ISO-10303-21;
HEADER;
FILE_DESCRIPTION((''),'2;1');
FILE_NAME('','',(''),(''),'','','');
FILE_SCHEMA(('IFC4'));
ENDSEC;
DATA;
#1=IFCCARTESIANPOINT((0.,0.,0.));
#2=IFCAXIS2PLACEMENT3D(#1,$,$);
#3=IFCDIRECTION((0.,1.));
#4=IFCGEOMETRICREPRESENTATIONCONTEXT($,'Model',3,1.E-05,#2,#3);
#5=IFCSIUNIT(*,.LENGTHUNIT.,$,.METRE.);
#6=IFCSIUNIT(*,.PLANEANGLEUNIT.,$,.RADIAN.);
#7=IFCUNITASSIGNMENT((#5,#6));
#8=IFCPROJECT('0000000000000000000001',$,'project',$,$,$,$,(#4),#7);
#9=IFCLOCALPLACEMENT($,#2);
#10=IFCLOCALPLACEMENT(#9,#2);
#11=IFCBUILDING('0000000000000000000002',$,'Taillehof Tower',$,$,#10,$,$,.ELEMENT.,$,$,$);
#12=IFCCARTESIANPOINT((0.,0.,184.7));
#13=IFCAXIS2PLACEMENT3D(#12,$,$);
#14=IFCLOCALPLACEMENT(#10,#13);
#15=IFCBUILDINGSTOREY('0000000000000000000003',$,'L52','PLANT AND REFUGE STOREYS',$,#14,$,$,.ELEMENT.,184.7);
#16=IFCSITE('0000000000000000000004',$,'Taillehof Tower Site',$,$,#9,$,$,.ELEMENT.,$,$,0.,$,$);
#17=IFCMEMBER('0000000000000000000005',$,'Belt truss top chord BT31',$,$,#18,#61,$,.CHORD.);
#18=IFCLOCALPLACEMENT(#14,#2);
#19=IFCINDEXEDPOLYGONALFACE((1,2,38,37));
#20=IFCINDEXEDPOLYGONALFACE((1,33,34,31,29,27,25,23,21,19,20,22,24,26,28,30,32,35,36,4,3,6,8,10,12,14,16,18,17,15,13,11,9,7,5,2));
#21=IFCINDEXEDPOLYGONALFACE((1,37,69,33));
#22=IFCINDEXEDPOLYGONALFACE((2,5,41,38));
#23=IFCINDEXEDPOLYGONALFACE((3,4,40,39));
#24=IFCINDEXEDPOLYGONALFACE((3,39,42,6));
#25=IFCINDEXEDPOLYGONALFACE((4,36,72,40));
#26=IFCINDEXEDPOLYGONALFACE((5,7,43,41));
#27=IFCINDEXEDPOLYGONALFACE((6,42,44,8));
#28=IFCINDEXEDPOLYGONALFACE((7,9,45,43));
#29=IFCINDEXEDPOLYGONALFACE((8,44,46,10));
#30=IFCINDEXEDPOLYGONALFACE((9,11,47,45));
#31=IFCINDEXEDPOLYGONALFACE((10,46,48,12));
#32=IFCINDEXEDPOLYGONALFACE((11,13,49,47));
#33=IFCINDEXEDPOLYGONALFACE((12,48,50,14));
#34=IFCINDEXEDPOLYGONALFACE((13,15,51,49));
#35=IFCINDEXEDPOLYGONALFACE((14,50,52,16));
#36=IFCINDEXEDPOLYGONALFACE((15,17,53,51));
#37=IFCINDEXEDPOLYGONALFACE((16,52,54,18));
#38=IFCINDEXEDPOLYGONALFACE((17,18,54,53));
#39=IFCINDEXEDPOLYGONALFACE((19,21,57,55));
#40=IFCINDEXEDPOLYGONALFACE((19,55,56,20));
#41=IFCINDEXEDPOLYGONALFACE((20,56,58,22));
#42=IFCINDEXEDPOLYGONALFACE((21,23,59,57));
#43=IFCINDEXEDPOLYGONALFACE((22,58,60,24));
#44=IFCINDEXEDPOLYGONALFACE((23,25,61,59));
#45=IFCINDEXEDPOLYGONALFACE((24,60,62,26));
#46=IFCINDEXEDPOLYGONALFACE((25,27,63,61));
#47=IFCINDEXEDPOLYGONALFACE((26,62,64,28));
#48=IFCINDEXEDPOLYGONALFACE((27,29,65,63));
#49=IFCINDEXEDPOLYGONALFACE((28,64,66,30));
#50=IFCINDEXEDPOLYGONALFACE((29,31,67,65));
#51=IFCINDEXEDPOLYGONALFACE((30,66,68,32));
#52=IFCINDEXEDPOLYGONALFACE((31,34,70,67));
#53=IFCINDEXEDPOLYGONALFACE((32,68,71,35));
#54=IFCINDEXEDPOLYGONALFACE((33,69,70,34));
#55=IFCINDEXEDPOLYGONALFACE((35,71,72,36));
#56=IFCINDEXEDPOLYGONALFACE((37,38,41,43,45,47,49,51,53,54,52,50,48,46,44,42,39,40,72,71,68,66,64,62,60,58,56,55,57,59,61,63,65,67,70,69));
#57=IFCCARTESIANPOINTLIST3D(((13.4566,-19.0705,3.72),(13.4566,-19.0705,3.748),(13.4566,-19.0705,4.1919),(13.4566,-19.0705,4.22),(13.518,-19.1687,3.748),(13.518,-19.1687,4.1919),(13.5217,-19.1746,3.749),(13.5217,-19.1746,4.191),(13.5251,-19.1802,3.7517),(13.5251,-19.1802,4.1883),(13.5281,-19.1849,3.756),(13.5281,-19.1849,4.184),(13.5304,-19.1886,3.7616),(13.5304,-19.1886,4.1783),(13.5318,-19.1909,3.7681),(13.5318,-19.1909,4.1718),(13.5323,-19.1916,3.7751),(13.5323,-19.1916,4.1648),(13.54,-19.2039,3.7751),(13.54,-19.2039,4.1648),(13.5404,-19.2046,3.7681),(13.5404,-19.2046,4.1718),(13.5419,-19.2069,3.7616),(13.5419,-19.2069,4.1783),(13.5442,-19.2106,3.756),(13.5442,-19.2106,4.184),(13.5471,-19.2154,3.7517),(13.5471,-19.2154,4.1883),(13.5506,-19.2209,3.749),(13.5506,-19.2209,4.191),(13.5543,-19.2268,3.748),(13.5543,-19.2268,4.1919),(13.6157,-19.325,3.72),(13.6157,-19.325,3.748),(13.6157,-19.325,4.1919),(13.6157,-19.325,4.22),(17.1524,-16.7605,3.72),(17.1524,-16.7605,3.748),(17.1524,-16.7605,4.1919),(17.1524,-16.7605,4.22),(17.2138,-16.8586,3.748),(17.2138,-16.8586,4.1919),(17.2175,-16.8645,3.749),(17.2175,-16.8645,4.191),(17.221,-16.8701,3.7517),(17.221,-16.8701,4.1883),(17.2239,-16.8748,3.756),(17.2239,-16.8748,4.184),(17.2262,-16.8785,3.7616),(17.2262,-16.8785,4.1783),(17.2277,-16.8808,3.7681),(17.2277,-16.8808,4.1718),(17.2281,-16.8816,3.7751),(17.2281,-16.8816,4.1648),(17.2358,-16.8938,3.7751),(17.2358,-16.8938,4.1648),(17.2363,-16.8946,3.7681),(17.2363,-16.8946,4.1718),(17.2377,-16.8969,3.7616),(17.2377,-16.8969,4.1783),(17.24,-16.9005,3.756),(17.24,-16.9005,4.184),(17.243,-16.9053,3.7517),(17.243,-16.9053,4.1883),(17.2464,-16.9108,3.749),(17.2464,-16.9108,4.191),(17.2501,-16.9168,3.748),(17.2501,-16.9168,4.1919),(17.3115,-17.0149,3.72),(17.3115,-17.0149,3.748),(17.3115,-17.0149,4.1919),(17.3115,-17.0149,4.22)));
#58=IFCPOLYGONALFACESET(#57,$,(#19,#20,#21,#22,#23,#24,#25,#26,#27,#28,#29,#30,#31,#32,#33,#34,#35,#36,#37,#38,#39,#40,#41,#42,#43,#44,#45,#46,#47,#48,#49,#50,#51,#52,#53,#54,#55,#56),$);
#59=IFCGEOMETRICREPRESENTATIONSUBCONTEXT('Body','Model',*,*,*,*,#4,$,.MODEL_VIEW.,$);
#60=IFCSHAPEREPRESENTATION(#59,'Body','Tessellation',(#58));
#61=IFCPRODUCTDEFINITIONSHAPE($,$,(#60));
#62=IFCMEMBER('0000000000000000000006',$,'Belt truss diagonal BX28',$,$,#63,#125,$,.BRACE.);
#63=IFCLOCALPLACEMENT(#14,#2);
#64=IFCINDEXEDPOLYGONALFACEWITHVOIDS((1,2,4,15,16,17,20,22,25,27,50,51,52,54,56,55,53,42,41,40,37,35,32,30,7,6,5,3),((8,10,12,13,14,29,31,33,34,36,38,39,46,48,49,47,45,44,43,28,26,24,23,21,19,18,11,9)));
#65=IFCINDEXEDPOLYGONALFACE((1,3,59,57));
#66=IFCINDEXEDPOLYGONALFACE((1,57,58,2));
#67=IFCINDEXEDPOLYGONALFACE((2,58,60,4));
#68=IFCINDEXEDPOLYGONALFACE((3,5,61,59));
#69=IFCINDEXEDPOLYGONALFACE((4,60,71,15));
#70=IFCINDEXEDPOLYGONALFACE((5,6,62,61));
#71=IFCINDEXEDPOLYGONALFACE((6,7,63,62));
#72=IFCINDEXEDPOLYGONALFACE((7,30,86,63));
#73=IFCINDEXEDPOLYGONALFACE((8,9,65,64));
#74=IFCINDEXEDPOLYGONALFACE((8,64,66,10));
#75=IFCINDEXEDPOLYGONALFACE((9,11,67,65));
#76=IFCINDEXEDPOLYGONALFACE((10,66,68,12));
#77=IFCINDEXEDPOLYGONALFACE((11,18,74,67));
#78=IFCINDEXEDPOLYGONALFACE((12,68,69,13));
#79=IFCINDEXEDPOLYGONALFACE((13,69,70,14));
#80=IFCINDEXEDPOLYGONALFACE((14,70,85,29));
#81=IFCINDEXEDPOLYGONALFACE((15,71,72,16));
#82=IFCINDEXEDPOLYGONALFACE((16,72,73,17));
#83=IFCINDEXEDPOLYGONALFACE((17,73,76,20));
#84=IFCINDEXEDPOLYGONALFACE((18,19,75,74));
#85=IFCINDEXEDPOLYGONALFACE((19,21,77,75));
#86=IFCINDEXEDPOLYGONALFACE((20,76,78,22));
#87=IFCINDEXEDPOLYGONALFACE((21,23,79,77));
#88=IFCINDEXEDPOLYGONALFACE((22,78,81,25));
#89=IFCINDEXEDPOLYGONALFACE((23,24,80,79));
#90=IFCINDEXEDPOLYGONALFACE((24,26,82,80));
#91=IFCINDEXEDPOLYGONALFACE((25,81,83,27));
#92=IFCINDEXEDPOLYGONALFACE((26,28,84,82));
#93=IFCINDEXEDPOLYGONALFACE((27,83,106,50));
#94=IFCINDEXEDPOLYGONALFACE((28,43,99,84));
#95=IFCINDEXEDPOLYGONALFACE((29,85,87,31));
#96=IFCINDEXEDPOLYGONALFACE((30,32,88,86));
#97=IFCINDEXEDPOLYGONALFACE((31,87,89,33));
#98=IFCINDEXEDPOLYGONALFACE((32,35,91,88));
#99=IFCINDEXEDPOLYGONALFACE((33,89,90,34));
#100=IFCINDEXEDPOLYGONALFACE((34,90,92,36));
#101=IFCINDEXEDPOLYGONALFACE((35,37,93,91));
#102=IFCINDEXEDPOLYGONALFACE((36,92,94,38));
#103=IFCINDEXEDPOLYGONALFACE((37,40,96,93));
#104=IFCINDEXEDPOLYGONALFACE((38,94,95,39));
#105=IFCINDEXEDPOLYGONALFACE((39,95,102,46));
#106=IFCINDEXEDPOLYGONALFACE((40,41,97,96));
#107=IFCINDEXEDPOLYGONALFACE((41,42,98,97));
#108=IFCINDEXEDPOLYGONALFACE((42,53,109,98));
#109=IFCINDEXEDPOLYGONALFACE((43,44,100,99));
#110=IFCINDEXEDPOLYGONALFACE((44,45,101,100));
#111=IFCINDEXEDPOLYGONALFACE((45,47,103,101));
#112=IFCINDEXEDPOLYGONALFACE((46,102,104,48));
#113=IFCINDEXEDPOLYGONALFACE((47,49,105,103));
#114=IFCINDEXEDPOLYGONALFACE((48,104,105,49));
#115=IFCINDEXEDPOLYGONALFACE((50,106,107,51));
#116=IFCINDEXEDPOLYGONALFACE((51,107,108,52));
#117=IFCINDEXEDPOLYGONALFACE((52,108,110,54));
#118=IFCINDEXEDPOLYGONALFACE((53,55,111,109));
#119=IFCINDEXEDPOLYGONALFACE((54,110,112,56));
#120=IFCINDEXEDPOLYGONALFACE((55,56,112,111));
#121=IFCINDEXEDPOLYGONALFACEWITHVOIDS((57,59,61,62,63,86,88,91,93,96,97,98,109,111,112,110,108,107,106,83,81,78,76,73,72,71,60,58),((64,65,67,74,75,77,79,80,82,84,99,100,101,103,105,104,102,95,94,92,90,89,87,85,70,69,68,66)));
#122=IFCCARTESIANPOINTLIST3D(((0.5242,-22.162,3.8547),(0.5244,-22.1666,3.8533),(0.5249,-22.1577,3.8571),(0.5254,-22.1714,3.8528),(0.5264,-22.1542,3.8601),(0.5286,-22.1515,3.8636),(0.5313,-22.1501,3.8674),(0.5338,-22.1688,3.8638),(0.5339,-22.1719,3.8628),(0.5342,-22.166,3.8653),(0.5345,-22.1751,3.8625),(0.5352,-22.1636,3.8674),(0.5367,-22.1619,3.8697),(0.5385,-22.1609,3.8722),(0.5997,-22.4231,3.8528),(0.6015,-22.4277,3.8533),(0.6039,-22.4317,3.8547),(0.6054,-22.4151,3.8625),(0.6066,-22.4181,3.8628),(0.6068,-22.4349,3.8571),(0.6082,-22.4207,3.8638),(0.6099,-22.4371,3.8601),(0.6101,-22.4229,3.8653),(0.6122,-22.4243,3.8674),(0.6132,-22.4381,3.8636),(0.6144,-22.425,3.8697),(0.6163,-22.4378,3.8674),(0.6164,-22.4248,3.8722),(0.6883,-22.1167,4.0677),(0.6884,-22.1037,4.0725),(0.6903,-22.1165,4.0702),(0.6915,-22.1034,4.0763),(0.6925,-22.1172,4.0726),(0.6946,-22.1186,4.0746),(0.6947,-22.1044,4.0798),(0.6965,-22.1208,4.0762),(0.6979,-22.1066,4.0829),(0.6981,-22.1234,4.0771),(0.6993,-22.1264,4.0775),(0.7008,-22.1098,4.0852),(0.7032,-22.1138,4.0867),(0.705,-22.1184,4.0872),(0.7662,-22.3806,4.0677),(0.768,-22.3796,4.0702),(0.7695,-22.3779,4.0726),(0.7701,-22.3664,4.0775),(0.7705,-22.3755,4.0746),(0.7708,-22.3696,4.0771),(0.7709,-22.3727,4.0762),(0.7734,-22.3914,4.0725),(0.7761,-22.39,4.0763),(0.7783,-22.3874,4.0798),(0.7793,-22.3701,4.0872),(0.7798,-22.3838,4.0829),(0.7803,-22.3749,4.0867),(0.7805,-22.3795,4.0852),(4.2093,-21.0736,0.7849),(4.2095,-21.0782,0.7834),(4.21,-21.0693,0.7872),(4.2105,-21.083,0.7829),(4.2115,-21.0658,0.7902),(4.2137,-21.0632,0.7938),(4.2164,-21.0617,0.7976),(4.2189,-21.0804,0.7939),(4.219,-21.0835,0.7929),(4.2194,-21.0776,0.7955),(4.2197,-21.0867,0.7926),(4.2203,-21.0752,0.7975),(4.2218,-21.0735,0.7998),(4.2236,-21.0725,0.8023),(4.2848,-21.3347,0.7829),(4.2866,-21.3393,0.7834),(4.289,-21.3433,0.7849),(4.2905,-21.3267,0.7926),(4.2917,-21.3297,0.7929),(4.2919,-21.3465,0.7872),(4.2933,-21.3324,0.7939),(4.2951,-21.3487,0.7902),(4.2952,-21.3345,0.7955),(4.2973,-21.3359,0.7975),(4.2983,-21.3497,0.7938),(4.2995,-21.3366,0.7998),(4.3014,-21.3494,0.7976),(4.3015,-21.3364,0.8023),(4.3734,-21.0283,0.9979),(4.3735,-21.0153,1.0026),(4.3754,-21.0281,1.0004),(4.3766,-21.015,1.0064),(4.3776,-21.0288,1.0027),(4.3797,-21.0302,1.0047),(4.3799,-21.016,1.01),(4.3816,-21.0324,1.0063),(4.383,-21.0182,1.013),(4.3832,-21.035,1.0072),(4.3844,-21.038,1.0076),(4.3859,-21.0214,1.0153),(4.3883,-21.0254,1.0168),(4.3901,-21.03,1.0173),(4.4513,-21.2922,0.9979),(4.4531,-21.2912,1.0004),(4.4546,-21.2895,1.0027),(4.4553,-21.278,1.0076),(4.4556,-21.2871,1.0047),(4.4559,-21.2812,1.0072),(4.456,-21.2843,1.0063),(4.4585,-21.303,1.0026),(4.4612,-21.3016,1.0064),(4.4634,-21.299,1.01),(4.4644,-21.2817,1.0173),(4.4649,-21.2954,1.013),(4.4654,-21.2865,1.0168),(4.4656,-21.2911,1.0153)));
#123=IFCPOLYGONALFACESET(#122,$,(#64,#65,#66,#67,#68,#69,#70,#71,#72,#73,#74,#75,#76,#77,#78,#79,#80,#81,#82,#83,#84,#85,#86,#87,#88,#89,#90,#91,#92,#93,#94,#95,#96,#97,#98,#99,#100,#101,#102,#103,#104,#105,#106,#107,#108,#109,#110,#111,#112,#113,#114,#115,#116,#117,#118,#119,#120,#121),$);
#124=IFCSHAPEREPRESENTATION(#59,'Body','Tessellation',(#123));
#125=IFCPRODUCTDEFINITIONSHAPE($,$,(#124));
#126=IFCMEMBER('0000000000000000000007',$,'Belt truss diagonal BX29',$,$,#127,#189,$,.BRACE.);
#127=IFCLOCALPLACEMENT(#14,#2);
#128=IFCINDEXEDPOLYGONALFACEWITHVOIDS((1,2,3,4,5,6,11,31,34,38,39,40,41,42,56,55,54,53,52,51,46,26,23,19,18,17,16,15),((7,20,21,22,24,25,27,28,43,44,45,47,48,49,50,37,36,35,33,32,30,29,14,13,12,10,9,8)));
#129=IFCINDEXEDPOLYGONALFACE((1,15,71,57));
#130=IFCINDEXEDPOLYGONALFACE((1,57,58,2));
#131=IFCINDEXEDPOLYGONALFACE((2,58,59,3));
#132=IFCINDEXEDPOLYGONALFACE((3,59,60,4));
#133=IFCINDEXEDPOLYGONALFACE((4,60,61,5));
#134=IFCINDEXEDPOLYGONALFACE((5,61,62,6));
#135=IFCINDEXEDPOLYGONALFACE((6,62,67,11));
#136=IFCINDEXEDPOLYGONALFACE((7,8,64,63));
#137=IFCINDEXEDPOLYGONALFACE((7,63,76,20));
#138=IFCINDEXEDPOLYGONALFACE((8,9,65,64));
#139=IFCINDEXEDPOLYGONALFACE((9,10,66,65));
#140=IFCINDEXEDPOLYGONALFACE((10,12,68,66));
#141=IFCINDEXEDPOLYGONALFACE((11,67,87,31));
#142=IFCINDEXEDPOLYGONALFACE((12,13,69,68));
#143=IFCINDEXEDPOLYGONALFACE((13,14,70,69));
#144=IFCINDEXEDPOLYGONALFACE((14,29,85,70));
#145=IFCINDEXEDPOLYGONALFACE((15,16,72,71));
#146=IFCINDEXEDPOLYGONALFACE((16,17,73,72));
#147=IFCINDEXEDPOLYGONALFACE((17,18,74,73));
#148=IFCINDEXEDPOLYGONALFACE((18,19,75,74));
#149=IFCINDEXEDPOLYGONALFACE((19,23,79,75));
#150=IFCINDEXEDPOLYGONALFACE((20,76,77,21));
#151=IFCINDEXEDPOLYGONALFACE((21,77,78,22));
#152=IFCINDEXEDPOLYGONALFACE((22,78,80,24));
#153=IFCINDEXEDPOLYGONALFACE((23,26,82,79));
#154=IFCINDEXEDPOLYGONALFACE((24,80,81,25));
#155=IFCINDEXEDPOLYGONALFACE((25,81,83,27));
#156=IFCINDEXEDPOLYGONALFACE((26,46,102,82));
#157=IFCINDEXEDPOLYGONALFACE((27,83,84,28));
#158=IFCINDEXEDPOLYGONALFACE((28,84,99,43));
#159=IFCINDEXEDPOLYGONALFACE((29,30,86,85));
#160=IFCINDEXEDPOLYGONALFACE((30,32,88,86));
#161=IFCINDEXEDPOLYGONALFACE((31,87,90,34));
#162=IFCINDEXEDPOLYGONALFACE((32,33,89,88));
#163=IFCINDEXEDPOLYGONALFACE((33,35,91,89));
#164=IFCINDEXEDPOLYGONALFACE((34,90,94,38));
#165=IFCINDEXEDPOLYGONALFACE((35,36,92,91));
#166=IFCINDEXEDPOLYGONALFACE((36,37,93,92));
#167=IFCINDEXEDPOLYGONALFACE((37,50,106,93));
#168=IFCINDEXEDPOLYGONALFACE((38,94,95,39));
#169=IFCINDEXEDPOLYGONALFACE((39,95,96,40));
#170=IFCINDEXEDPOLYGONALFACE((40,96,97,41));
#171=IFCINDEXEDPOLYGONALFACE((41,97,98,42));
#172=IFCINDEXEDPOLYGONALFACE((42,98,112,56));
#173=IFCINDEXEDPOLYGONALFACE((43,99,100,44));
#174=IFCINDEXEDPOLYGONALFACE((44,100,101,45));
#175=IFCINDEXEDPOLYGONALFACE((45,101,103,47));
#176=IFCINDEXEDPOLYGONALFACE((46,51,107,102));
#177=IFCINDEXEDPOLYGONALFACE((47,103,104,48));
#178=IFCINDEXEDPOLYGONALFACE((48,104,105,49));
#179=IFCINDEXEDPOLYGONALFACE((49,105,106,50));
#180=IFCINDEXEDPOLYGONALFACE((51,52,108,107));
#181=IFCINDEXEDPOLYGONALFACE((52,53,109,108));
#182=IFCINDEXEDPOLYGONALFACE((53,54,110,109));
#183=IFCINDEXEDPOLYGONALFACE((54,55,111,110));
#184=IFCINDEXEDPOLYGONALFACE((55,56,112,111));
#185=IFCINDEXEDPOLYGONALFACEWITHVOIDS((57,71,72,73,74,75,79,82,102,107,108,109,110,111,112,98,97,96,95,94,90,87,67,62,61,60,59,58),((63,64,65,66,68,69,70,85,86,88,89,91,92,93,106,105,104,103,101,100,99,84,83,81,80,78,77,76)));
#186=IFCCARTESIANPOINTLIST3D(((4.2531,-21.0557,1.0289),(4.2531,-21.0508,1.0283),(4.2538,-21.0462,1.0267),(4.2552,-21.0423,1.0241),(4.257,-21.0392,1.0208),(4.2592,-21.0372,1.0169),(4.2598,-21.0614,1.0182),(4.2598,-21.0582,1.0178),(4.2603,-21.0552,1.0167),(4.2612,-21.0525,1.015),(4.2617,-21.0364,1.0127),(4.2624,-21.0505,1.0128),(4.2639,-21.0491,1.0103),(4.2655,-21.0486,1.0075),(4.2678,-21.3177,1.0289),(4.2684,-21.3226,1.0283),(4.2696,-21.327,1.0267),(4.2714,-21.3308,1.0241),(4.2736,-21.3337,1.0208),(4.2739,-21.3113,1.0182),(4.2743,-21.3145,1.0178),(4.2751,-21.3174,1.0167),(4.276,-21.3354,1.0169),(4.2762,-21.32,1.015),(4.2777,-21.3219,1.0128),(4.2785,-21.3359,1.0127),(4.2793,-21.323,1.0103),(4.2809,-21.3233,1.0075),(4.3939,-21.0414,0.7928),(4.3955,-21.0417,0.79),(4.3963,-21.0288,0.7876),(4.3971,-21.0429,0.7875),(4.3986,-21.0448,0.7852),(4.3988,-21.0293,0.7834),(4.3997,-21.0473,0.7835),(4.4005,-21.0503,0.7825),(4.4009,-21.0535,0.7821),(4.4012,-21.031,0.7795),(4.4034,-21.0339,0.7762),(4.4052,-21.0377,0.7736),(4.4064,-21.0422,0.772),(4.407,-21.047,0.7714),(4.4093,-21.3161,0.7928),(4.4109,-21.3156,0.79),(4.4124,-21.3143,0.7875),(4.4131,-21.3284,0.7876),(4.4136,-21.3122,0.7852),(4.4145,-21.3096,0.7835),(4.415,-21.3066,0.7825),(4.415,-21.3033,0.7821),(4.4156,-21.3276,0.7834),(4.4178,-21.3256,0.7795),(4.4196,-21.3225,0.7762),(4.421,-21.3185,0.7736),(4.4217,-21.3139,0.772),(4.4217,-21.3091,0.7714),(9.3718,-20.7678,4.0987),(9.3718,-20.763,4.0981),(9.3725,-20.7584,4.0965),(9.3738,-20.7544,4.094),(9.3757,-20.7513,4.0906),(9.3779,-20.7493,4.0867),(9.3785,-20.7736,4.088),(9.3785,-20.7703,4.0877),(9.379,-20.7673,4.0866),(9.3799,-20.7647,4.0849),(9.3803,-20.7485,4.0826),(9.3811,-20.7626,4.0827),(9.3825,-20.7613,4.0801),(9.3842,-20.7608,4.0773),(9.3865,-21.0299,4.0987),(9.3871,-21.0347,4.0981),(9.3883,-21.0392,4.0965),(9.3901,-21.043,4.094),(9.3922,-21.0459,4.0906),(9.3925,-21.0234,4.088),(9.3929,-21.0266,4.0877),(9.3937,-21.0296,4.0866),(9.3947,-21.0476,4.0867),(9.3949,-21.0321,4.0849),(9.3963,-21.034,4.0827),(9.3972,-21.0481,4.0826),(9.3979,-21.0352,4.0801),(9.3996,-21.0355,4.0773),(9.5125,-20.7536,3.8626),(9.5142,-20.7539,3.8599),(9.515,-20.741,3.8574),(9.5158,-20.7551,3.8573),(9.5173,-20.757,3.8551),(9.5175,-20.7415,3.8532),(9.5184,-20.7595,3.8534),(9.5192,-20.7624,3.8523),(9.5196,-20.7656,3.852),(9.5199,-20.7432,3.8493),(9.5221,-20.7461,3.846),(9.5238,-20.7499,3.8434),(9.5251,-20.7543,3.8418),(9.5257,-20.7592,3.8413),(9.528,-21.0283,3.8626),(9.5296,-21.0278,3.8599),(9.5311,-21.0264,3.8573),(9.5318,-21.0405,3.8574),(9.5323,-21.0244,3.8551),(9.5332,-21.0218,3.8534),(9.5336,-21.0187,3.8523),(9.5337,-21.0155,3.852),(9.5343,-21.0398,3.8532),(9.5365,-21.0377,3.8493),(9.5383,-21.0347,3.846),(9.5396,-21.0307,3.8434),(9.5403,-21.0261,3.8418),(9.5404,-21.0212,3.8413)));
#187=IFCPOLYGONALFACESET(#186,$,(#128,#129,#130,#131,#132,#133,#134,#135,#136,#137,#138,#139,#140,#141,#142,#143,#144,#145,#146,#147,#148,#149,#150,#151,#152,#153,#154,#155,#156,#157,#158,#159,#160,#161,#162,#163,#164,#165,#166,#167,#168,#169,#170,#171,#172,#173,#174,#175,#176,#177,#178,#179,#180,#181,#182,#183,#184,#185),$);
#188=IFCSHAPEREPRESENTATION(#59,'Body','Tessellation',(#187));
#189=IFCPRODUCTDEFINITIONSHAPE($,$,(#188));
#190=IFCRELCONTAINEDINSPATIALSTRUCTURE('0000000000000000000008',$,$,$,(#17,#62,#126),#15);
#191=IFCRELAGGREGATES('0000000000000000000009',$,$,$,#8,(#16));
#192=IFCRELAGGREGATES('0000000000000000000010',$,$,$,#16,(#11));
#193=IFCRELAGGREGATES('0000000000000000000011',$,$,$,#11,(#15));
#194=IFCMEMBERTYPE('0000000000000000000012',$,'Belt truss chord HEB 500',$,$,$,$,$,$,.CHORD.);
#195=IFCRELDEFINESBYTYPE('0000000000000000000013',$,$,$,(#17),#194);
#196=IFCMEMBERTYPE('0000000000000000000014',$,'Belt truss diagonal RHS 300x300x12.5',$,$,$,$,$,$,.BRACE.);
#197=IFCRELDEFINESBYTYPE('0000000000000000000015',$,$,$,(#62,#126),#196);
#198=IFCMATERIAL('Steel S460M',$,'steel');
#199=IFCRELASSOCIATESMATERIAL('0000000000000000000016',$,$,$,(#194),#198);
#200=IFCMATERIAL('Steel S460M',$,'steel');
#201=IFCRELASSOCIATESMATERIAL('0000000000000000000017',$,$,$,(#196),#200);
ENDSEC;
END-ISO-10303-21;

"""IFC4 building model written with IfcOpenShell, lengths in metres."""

from ifc_helpers import new_model, si_unit, direction, frame, origin, origin_2d, place, context, subcontext, project, spatial, hollow_rectangle, i_section, extrude, material, material_profile, profile_set, type_object, element, save


model = new_model("IFC4")

# Units and contexts
model_context = context("Model", 3, precision=1e-05, world=origin(), true_north=direction((0.0, 1.0)))
body_context = subcontext(model_context, "Body", "Model", "MODEL_VIEW")
ifc_project = project(units=[si_unit("LENGTHUNIT", "METRE"), si_unit("PLANEANGLEUNIT", "RADIAN")], contexts=[model_context])

# Site, building, storey
site_placement = place(None, origin())
site = spatial("IfcSite", under=ifc_project, at=site_placement, Name="Taillehof Tower Site", CompositionType="ELEMENT", RefElevation=0.0)
building_placement = place(site_placement, origin())
building = spatial("IfcBuilding", under=site, at=building_placement, Name="Taillehof Tower", CompositionType="ELEMENT")
storey_placement = place(building_placement, frame((0.0, 0.0, 184.7)))
storey = spatial("IfcBuildingStorey", under=building, at=storey_placement, Name="L52", Description="PLANT AND REFUGE STOREYS", CompositionType="ELEMENT", Elevation=184.7)

# Members
ifc_material_1 = material(Name="Steel S460M", Category="steel")
ifc_material_profile_1 = material_profile(ifc_material_1, i_section(OverallWidth=0.3, OverallDepth=0.5, WebThickness=0.0144, FlangeThickness=0.0281, FilletRadius=0.0271, at=origin_2d()), Name="HEB 500")
ifc_profile_set_1 = profile_set([ifc_material_profile_1], Name="Steel S460M")
member_type_1 = type_object("IfcMemberType", Name="Belt truss chord HEB 500", PredefinedType="CHORD", material=ifc_profile_set_1)
member_1_placement = place(storey_placement, frame((13.5361, -19.1978, 3.97), z_axis=(0.847979, 0.530029, 0.0), x_axis=(-0.530029, 0.847979, 0.0)))
element("IfcMember", 1, at=member_1_placement, inside=storey, type_object=member_type_1, Name="Belt truss top chord BT31", PredefinedType="CHORD", context=body_context, shape_type="SweptSolid", body=[
    extrude(i_section(OverallWidth=0.3, OverallDepth=0.5, WebThickness=0.0144, FlangeThickness=0.0281, FilletRadius=0.0271, at=origin_2d()), origin(), (0.0, 0.0, 1.0), 4.3584),
])
ifc_material_2 = material(Name="Steel S460M", Category="steel")
ifc_material_profile_2 = material_profile(ifc_material_2, hollow_rectangle(XDim=0.3, YDim=0.3, WallThickness=0.0125, InnerFilletRadius=0.0125, OuterFilletRadius=0.0188, at=origin_2d()), Name="RHS 300x300x12.5")
ifc_profile_set_2 = profile_set([ifc_material_profile_2], Name="Steel S460M")
member_type_2 = type_object("IfcMemberType", Name="Belt truss diagonal RHS 300x300x12.5", PredefinedType="BRACE", material=ifc_profile_set_2)
member_2_placement = place(storey_placement, frame((0.6523, -22.2708, 3.97), z_axis=(0.74928, 0.221299, -0.624185), x_axis=(-0.283253, 0.959045, 0.0)))
element("IfcMember", 2, at=member_2_placement, inside=storey, type_object=member_type_2, Name="Belt truss diagonal BX28", PredefinedType="BRACE", context=body_context, shape_type="SweptSolid", body=[
    extrude(hollow_rectangle(XDim=0.3, YDim=0.3, WallThickness=0.0125, InnerFilletRadius=0.0125, OuterFilletRadius=0.0188, at=origin_2d()), origin(), (0.0, 0.0, 1.0), 4.9182),
])
member_3_placement = place(storey_placement, frame((4.3374, -21.1824, 0.9001), z_axis=(0.856598, 0.04817, 0.51373), x_axis=(-0.056145, 0.998423, 0.0)))
element("IfcMember", 3, at=member_3_placement, inside=storey, type_object=member_type_2, Name="Belt truss diagonal BX29", PredefinedType="BRACE", context=body_context, shape_type="SweptSolid", body=[
    extrude(hollow_rectangle(XDim=0.3, YDim=0.3, WallThickness=0.0125, InnerFilletRadius=0.0125, OuterFilletRadius=0.0188, at=origin_2d()), origin(), (0.0, 0.0, 1.0), 5.9756),
])

save(model, "model.ifc")
